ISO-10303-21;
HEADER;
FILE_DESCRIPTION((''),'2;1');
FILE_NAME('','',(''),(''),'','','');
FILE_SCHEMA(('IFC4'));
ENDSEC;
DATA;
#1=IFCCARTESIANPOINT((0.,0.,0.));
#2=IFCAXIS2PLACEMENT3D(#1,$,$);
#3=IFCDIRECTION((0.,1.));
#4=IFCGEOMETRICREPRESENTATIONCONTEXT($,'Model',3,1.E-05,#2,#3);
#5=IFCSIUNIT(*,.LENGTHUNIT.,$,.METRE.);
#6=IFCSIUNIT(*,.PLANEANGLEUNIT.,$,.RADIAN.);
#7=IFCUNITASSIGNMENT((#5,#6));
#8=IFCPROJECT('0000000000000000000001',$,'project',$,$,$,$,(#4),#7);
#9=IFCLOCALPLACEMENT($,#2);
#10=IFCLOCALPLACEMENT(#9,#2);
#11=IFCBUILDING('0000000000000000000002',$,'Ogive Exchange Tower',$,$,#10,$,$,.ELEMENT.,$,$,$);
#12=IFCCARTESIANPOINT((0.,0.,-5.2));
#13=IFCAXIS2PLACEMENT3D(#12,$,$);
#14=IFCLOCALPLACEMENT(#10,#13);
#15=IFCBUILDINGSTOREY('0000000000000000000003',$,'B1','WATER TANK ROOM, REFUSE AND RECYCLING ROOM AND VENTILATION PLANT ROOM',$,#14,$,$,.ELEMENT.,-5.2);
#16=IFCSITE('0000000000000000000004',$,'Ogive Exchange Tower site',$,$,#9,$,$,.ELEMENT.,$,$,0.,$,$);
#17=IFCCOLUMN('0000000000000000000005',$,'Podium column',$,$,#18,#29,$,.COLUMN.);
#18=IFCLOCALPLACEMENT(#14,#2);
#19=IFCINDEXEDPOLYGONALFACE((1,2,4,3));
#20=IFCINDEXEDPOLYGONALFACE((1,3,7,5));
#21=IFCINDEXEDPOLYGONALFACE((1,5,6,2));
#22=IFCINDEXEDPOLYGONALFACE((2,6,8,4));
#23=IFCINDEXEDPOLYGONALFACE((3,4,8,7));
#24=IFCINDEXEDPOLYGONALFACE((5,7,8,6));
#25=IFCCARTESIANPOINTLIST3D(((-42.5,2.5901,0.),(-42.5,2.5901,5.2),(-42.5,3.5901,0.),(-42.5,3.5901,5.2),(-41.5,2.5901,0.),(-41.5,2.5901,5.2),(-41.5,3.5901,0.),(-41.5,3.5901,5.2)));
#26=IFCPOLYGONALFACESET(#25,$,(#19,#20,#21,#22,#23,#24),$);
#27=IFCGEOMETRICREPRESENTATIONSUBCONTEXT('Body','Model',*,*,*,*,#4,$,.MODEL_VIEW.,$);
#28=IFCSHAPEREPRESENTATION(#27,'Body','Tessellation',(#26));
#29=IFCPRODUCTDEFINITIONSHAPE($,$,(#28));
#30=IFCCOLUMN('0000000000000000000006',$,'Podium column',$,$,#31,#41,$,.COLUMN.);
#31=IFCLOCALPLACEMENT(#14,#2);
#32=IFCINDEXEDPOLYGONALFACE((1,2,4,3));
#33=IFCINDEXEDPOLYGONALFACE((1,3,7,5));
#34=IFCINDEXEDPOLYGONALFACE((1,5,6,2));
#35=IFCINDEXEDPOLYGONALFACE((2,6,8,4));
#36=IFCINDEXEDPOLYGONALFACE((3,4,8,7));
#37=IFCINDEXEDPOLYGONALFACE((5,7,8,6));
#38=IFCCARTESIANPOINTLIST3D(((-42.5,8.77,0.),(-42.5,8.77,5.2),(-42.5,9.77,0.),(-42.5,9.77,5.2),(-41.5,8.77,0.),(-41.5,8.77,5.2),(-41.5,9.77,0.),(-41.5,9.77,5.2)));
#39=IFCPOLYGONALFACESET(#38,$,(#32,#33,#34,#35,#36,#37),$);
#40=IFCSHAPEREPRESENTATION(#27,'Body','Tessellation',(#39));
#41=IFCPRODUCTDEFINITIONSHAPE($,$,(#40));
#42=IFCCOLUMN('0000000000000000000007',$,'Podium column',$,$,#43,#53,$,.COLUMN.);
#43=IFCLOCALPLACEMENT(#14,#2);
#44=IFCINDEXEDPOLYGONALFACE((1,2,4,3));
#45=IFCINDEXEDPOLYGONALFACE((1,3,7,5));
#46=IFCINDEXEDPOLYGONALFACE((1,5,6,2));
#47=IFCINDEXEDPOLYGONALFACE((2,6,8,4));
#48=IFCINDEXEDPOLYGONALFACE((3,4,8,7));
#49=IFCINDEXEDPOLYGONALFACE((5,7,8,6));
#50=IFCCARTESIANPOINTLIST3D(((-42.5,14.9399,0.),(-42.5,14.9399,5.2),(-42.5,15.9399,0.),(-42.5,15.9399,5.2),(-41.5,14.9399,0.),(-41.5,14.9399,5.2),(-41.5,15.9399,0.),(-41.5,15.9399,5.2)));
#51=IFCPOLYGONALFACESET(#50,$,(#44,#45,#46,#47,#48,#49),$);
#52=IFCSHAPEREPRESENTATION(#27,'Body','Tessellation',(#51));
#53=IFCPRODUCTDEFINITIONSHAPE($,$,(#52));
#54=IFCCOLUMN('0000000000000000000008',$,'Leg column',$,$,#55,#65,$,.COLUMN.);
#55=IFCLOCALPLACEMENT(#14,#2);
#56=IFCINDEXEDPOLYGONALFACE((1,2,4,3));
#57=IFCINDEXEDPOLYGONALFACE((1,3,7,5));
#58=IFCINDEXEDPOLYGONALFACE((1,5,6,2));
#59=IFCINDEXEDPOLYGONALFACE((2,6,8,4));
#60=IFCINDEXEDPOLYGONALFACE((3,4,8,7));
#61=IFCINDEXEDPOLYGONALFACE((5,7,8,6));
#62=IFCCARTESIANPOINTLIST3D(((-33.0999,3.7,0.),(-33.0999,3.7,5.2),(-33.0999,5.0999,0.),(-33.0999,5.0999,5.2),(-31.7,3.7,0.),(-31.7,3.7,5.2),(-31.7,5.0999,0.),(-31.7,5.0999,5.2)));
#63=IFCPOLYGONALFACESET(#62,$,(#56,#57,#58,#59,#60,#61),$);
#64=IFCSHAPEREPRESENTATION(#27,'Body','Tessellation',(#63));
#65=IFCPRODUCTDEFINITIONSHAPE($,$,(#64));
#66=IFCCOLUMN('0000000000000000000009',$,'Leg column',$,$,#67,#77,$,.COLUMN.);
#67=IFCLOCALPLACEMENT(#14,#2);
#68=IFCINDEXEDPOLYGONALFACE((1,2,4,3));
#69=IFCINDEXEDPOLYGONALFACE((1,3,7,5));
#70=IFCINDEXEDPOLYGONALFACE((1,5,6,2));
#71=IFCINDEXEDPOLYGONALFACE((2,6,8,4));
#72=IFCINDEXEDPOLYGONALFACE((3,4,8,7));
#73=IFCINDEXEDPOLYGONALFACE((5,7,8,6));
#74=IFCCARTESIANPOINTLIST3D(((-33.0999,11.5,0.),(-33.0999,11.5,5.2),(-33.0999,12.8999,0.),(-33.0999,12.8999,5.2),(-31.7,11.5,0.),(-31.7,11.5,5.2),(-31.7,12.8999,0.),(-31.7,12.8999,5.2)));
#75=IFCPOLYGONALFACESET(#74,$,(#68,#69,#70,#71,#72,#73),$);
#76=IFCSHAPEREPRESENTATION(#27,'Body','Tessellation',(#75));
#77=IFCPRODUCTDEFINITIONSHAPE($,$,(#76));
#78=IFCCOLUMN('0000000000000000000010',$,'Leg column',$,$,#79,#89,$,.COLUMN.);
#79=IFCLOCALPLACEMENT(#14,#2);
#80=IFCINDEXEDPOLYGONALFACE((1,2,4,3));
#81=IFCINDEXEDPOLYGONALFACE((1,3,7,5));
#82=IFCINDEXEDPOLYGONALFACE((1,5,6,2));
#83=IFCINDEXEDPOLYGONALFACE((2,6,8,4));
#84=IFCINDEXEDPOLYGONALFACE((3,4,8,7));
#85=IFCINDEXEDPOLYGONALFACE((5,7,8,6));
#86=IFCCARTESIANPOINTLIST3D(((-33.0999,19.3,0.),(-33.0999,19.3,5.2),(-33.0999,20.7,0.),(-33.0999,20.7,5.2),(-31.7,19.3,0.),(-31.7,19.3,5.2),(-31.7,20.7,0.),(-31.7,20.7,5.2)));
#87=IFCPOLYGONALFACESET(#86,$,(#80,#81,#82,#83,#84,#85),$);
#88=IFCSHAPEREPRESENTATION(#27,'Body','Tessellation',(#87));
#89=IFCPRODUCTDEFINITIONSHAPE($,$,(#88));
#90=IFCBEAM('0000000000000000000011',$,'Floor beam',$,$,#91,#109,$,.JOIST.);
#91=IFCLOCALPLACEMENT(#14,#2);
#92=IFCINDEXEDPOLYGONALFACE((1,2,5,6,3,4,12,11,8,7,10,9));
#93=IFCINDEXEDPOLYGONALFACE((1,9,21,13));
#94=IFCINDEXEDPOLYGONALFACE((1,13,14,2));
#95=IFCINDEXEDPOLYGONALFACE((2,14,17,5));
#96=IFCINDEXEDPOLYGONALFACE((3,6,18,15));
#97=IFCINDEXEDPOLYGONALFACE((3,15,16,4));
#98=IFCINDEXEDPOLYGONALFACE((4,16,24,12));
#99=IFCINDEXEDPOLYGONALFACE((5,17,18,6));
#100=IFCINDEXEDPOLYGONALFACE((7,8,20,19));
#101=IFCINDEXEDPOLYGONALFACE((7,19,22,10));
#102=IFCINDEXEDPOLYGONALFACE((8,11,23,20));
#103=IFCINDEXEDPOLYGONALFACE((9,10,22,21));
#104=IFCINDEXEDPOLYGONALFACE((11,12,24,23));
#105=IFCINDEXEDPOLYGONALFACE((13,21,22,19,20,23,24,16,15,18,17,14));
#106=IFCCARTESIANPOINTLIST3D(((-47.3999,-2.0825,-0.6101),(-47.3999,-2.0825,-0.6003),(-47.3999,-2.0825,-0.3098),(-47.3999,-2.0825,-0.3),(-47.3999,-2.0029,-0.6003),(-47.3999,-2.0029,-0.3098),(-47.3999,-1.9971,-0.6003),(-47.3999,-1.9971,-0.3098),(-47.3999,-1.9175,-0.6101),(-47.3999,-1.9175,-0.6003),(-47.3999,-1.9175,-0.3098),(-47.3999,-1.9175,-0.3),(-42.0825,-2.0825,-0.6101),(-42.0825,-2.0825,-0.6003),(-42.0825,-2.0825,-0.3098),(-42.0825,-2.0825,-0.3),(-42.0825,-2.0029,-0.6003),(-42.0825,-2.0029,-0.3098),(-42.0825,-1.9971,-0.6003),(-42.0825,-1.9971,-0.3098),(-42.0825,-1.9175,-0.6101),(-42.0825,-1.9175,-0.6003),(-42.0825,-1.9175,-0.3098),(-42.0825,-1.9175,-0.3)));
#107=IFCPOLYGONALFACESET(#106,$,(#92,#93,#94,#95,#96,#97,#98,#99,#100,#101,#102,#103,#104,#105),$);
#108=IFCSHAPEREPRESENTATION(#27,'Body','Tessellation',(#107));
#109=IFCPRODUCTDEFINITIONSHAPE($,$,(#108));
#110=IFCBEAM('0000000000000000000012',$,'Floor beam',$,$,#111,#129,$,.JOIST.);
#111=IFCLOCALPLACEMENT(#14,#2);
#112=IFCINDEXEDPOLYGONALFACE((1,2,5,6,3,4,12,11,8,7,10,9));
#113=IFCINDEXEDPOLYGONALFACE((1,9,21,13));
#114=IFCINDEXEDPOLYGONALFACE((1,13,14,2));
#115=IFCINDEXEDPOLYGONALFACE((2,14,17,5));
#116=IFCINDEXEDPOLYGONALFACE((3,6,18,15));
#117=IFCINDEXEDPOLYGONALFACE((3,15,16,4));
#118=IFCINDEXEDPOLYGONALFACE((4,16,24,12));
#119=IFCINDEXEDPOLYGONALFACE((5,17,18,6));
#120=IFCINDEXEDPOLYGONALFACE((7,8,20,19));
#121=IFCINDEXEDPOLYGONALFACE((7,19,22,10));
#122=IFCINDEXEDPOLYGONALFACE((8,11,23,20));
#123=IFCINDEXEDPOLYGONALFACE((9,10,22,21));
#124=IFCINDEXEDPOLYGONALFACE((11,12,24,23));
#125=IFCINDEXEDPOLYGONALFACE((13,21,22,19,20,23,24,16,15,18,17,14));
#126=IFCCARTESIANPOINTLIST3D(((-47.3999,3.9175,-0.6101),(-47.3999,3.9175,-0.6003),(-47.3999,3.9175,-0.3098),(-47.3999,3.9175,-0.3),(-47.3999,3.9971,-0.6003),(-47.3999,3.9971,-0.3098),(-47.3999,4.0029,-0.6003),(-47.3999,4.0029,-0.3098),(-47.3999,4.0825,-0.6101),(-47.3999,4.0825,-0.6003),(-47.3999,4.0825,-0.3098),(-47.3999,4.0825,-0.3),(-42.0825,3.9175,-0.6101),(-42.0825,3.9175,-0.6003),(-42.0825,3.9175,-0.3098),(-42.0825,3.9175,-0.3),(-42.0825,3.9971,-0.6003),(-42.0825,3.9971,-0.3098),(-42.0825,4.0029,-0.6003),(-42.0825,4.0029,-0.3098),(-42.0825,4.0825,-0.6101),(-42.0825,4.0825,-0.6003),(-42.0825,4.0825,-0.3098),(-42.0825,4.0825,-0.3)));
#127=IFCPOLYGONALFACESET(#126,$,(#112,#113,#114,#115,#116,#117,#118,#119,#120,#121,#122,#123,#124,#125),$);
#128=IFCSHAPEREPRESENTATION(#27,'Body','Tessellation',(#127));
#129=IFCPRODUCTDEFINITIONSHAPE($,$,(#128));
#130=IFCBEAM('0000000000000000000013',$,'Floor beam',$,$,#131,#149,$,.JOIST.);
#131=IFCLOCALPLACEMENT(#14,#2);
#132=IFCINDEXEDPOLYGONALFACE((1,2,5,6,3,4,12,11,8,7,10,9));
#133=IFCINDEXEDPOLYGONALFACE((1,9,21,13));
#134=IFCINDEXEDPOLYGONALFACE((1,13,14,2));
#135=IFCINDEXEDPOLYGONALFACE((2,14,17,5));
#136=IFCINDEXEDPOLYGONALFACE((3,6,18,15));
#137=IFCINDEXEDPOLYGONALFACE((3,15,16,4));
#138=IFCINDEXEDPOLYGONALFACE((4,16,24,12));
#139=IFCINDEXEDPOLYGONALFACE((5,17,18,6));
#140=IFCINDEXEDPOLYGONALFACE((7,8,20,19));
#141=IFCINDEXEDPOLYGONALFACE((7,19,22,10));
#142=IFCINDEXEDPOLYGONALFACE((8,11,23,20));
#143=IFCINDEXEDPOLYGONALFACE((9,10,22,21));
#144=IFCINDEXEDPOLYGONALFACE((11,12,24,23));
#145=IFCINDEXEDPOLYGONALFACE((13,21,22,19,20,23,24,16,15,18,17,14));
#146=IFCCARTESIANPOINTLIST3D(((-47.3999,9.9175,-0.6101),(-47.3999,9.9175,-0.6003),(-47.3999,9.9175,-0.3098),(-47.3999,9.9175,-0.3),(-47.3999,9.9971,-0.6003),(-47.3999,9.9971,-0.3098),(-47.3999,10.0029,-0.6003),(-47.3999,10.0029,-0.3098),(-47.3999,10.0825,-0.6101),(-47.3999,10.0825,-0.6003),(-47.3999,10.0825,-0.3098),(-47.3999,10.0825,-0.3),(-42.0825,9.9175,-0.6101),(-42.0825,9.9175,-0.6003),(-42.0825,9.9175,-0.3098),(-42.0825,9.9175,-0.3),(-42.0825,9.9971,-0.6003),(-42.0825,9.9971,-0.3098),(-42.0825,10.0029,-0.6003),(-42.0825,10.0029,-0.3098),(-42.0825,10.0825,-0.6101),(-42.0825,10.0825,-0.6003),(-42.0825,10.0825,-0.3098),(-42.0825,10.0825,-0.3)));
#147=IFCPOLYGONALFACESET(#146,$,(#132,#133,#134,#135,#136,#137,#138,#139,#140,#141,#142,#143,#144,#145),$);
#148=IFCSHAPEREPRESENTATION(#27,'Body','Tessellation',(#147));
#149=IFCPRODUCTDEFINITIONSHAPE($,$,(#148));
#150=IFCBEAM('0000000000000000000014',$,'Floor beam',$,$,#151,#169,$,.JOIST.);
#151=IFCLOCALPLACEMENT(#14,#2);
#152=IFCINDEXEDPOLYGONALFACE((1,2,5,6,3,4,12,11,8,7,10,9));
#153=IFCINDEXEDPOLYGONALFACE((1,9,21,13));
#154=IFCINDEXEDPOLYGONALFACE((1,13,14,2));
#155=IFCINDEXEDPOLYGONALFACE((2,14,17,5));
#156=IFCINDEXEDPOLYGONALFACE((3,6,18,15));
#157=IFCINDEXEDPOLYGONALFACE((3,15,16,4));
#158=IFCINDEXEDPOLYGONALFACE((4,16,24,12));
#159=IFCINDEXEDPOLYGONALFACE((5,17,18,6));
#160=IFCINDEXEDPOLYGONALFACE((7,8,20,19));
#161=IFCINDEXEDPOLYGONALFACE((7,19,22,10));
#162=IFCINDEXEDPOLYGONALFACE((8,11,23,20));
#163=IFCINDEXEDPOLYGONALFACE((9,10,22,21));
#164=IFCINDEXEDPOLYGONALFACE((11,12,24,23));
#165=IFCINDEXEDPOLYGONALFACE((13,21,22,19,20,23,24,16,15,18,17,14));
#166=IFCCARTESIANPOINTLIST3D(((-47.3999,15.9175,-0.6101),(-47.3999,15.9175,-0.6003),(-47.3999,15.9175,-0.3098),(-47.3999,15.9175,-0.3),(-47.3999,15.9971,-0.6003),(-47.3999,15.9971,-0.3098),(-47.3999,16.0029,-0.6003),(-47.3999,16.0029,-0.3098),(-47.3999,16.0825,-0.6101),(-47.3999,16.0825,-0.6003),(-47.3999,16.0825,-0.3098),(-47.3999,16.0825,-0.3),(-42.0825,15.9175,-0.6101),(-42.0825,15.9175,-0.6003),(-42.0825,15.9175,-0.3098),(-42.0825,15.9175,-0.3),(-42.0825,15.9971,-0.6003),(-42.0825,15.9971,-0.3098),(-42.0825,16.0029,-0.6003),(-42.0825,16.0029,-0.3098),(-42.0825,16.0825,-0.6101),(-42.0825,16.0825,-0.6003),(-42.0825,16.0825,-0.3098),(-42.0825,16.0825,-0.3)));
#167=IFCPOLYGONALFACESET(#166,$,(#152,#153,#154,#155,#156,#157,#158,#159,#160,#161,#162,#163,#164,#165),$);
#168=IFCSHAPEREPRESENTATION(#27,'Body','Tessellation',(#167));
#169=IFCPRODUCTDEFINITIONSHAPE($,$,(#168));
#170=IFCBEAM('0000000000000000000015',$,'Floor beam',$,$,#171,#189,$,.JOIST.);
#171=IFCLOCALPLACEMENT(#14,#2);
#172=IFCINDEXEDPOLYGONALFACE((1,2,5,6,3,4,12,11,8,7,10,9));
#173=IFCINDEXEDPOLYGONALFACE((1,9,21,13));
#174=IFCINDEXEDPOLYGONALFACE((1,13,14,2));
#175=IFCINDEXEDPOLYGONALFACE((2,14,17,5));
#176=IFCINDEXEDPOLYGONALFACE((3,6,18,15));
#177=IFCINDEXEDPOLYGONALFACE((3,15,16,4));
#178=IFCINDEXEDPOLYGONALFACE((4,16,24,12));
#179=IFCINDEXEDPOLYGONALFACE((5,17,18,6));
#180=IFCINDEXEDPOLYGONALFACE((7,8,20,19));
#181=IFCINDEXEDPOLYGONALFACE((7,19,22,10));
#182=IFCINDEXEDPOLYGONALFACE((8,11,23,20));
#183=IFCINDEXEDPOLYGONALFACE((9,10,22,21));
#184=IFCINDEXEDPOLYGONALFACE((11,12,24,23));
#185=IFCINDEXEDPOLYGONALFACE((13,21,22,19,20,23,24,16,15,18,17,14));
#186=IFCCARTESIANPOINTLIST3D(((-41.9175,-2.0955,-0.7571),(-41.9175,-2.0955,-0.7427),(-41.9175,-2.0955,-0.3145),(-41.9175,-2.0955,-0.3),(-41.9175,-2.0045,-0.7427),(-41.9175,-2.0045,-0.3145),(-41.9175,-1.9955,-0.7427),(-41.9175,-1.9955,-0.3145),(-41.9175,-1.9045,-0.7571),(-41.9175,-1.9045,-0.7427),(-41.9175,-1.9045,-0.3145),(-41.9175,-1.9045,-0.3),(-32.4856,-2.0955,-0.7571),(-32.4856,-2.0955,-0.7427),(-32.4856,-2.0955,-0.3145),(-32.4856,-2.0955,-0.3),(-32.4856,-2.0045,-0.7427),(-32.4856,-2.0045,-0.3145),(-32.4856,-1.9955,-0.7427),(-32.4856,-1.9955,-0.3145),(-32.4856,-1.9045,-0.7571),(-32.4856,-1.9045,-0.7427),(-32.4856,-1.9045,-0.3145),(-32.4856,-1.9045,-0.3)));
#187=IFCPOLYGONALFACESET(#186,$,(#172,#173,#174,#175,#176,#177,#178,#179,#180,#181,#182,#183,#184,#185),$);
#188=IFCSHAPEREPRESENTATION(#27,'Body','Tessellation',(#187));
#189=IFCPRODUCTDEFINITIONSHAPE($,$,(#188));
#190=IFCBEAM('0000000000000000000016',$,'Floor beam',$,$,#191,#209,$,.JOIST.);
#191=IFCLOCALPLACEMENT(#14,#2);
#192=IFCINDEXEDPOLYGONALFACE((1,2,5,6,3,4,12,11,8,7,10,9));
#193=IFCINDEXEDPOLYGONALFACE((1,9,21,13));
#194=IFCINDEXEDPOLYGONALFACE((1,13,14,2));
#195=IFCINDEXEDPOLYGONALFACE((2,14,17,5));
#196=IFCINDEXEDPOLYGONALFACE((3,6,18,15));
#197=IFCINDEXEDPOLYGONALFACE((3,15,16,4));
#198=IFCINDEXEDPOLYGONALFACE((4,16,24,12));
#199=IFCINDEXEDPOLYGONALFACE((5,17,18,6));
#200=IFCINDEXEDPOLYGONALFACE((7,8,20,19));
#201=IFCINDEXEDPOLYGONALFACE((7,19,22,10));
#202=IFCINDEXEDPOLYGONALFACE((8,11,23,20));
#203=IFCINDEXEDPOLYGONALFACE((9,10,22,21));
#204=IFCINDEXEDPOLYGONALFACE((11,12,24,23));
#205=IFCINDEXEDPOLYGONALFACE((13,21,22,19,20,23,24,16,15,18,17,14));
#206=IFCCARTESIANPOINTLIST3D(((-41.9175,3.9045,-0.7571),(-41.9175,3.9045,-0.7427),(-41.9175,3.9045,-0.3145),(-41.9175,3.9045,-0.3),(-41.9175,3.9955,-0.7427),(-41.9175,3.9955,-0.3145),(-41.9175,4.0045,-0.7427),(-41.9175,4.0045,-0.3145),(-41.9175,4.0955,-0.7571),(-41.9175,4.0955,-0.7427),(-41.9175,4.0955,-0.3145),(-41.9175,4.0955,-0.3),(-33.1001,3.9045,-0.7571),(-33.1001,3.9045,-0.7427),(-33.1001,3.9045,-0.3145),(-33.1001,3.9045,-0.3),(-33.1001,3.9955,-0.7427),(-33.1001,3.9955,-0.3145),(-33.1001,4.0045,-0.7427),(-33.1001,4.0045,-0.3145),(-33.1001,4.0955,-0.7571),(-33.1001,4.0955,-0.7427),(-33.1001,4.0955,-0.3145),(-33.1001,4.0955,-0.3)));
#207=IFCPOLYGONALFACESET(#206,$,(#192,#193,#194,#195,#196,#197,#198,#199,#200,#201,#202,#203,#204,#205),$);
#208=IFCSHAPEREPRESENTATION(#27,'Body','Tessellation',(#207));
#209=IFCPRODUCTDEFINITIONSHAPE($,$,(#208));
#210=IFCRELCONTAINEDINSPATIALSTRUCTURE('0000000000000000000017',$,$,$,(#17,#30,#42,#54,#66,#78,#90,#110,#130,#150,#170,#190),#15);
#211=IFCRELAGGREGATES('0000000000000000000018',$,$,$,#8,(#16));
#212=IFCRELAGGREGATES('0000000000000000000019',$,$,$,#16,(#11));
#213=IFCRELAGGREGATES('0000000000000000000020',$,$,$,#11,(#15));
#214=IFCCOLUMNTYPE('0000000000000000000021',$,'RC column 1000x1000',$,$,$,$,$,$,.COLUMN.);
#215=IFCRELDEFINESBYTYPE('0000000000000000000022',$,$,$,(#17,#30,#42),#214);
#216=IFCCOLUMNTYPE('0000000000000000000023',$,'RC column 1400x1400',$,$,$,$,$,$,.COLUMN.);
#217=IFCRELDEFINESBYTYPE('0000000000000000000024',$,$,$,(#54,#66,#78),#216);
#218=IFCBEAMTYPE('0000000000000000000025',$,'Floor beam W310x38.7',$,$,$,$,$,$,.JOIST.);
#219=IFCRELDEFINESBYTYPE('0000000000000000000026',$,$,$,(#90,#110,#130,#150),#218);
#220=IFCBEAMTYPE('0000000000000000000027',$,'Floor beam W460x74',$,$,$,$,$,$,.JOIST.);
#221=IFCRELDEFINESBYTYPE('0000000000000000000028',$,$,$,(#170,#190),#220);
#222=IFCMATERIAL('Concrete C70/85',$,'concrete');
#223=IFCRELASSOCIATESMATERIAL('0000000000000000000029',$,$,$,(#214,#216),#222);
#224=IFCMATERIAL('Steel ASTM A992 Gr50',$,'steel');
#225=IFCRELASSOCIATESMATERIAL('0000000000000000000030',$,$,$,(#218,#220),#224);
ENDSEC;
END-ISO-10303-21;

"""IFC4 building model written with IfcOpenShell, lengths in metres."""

from ifc_helpers import new_model, si_unit, direction, frame, origin, origin_2d, place, context, subcontext, project, spatial, rectangle, i_section, extrude, material, material_profile, profile_set, type_object, element, save


model = new_model("IFC4")

# Units and contexts
model_context = context("Model", 3, precision=1e-05, world=origin(), true_north=direction((0.0, 1.0)))
body_context = subcontext(model_context, "Body", "Model", "MODEL_VIEW")
ifc_project = project(units=[si_unit("LENGTHUNIT", "METRE"), si_unit("PLANEANGLEUNIT", "RADIAN")], contexts=[model_context])

# Site, building, storey
site_placement = place(None, origin())
site = spatial("IfcSite", under=ifc_project, at=site_placement, Name="Ogive Exchange Tower site", CompositionType="ELEMENT", RefElevation=0.0)
building_placement = place(site_placement, origin())
building = spatial("IfcBuilding", under=site, at=building_placement, Name="Ogive Exchange Tower", CompositionType="ELEMENT")
storey_placement = place(building_placement, frame((0.0, 0.0, -5.2)))
storey = spatial("IfcBuildingStorey", under=building, at=storey_placement, Name="B1", Description="WATER TANK ROOM, REFUSE AND RECYCLING ROOM AND VENTILATION PLANT ROOM", CompositionType="ELEMENT", Elevation=-5.2)

# Columns
ifc_material_1 = material(Name="Concrete C70/85", Category="concrete")
ifc_material_profile_1 = material_profile(ifc_material_1, rectangle(XDim=1.0, YDim=1.0, at=origin_2d()), Name="RC 1000x1000")
ifc_profile_set_1 = profile_set([ifc_material_profile_1], Name="Concrete C70/85")
column_type_1 = type_object("IfcColumnType", Name="RC column 1000x1000", PredefinedType="COLUMN", material=ifc_profile_set_1)
for number, where, z_axis, x_axis, name in (
    (1, (-42.0, 3.0901, 0.0), (0.0, 0.0, 1.0), (1.0, 0.0, 0.0), "Podium column"),
    (2, (-42.0, 9.27, 0.0), (0.0, 0.0, 1.0), (1.0, 0.0, 0.0), "Podium column"),
    (3, (-42.0, 15.4399, 0.0), (0.0, 0.0, 1.0), (1.0, 0.0, 0.0), "Podium column"),
):
    element("IfcColumn", number, at=place(storey_placement, frame(where, z_axis=z_axis, x_axis=x_axis)), inside=storey, type_object=column_type_1, Name=name, PredefinedType="COLUMN", context=body_context, shape_type="SweptSolid", body=[
        extrude(rectangle(XDim=1.0, YDim=1.0, at=origin_2d()), origin(), (0.0, 0.0, 1.0), 5.2),
    ])
ifc_material_profile_2 = material_profile(ifc_material_1, rectangle(XDim=1.3999, YDim=1.3999, at=origin_2d()), Name="RC 1400x1400")
ifc_profile_set_2 = profile_set([ifc_material_profile_2], Name="Concrete C70/85")
column_type_2 = type_object("IfcColumnType", Name="RC column 1400x1400", PredefinedType="COLUMN", material=ifc_profile_set_2)
for number, where, z_axis, x_axis, name in (
    (4, (-32.3999, 4.3999, 0.0), (0.0, 0.0, 1.0), (1.0, 0.0, 0.0), "Leg column"),
    (5, (-32.3999, 12.2, 0.0), (0.0, 0.0, 1.0), (1.0, 0.0, 0.0), "Leg column"),
    (6, (-32.3999, 20.0, 0.0), (0.0, 0.0, 1.0), (1.0, 0.0, 0.0), "Leg column"),
):
    element("IfcColumn", number, at=place(storey_placement, frame(where, z_axis=z_axis, x_axis=x_axis)), inside=storey, type_object=column_type_2, Name=name, PredefinedType="COLUMN", context=body_context, shape_type="SweptSolid", body=[
        extrude(rectangle(XDim=1.3999, YDim=1.3999, at=origin_2d()), origin(), (0.0, 0.0, 1.0), 5.2),
    ])

# Beams
ifc_material_2 = material(Name="Steel ASTM A992 Gr50", Category="steel")
ifc_material_profile_3 = material_profile(ifc_material_2, i_section(OverallWidth=0.165, OverallDepth=0.3101, WebThickness=0.0059, FlangeThickness=0.0098, at=origin_2d()), Name="W310x38.7")
ifc_profile_set_3 = profile_set([ifc_material_profile_3], Name="Steel ASTM A992 Gr50")
beam_type_1 = type_object("IfcBeamType", Name="Floor beam W310x38.7", PredefinedType="JOIST", material=ifc_profile_set_3)
for number, where, z_axis, x_axis, name in (
    (7, (-47.3999, -2.0, -0.4551), (1.0, 0.0, 0.0), (0.0, 1.0, 0.0), "Floor beam"),
    (8, (-47.3999, 4.0, -0.4551), (1.0, 0.0, 0.0), (0.0, 1.0, 0.0), "Floor beam"),
    (9, (-47.3999, 10.0, -0.4551), (1.0, 0.0, 0.0), (0.0, 1.0, 0.0), "Floor beam"),
    (10, (-47.3999, 16.0, -0.4551), (1.0, 0.0, 0.0), (0.0, 1.0, 0.0), "Floor beam"),
):
    element("IfcBeam", number, at=place(storey_placement, frame(where, z_axis=z_axis, x_axis=x_axis)), inside=storey, type_object=beam_type_1, Name=name, PredefinedType="JOIST", context=body_context, shape_type="SweptSolid", body=[
        extrude(i_section(OverallWidth=0.165, OverallDepth=0.3101, WebThickness=0.0059, FlangeThickness=0.0098, at=origin_2d()), origin(), (0.0, 0.0, 1.0), 5.3174),
    ])
ifc_material_profile_4 = material_profile(ifc_material_2, i_section(OverallWidth=0.1909, OverallDepth=0.457, WebThickness=0.009, FlangeThickness=0.0144, at=origin_2d()), Name="W460x74")
ifc_profile_set_4 = profile_set([ifc_material_profile_4], Name="Steel ASTM A992 Gr50")
beam_type_2 = type_object("IfcBeamType", Name="Floor beam W460x74", PredefinedType="JOIST", material=ifc_profile_set_4)
beam_1_placement = place(storey_placement, frame((-41.9175, -2.0, -0.5286), z_axis=(1.0, 0.0, 0.0), x_axis=(0.0, 1.0, 0.0)))
element("IfcBeam", 11, at=beam_1_placement, inside=storey, type_object=beam_type_2, Name="Floor beam", PredefinedType="JOIST", context=body_context, shape_type="SweptSolid", body=[
    extrude(i_section(OverallWidth=0.1909, OverallDepth=0.457, WebThickness=0.009, FlangeThickness=0.0144, at=origin_2d()), origin(), (0.0, 0.0, 1.0), 9.4319),
])
beam_2_placement = place(storey_placement, frame((-41.9175, 4.0, -0.5286), z_axis=(1.0, 0.0, 0.0), x_axis=(0.0, 1.0, 0.0)))
element("IfcBeam", 12, at=beam_2_placement, inside=storey, type_object=beam_type_2, Name="Floor beam", PredefinedType="JOIST", context=body_context, shape_type="SweptSolid", body=[
    extrude(i_section(OverallWidth=0.1909, OverallDepth=0.457, WebThickness=0.009, FlangeThickness=0.0144, at=origin_2d()), origin(), (0.0, 0.0, 1.0), 8.8174),
])

save(model, "model.ifc")
